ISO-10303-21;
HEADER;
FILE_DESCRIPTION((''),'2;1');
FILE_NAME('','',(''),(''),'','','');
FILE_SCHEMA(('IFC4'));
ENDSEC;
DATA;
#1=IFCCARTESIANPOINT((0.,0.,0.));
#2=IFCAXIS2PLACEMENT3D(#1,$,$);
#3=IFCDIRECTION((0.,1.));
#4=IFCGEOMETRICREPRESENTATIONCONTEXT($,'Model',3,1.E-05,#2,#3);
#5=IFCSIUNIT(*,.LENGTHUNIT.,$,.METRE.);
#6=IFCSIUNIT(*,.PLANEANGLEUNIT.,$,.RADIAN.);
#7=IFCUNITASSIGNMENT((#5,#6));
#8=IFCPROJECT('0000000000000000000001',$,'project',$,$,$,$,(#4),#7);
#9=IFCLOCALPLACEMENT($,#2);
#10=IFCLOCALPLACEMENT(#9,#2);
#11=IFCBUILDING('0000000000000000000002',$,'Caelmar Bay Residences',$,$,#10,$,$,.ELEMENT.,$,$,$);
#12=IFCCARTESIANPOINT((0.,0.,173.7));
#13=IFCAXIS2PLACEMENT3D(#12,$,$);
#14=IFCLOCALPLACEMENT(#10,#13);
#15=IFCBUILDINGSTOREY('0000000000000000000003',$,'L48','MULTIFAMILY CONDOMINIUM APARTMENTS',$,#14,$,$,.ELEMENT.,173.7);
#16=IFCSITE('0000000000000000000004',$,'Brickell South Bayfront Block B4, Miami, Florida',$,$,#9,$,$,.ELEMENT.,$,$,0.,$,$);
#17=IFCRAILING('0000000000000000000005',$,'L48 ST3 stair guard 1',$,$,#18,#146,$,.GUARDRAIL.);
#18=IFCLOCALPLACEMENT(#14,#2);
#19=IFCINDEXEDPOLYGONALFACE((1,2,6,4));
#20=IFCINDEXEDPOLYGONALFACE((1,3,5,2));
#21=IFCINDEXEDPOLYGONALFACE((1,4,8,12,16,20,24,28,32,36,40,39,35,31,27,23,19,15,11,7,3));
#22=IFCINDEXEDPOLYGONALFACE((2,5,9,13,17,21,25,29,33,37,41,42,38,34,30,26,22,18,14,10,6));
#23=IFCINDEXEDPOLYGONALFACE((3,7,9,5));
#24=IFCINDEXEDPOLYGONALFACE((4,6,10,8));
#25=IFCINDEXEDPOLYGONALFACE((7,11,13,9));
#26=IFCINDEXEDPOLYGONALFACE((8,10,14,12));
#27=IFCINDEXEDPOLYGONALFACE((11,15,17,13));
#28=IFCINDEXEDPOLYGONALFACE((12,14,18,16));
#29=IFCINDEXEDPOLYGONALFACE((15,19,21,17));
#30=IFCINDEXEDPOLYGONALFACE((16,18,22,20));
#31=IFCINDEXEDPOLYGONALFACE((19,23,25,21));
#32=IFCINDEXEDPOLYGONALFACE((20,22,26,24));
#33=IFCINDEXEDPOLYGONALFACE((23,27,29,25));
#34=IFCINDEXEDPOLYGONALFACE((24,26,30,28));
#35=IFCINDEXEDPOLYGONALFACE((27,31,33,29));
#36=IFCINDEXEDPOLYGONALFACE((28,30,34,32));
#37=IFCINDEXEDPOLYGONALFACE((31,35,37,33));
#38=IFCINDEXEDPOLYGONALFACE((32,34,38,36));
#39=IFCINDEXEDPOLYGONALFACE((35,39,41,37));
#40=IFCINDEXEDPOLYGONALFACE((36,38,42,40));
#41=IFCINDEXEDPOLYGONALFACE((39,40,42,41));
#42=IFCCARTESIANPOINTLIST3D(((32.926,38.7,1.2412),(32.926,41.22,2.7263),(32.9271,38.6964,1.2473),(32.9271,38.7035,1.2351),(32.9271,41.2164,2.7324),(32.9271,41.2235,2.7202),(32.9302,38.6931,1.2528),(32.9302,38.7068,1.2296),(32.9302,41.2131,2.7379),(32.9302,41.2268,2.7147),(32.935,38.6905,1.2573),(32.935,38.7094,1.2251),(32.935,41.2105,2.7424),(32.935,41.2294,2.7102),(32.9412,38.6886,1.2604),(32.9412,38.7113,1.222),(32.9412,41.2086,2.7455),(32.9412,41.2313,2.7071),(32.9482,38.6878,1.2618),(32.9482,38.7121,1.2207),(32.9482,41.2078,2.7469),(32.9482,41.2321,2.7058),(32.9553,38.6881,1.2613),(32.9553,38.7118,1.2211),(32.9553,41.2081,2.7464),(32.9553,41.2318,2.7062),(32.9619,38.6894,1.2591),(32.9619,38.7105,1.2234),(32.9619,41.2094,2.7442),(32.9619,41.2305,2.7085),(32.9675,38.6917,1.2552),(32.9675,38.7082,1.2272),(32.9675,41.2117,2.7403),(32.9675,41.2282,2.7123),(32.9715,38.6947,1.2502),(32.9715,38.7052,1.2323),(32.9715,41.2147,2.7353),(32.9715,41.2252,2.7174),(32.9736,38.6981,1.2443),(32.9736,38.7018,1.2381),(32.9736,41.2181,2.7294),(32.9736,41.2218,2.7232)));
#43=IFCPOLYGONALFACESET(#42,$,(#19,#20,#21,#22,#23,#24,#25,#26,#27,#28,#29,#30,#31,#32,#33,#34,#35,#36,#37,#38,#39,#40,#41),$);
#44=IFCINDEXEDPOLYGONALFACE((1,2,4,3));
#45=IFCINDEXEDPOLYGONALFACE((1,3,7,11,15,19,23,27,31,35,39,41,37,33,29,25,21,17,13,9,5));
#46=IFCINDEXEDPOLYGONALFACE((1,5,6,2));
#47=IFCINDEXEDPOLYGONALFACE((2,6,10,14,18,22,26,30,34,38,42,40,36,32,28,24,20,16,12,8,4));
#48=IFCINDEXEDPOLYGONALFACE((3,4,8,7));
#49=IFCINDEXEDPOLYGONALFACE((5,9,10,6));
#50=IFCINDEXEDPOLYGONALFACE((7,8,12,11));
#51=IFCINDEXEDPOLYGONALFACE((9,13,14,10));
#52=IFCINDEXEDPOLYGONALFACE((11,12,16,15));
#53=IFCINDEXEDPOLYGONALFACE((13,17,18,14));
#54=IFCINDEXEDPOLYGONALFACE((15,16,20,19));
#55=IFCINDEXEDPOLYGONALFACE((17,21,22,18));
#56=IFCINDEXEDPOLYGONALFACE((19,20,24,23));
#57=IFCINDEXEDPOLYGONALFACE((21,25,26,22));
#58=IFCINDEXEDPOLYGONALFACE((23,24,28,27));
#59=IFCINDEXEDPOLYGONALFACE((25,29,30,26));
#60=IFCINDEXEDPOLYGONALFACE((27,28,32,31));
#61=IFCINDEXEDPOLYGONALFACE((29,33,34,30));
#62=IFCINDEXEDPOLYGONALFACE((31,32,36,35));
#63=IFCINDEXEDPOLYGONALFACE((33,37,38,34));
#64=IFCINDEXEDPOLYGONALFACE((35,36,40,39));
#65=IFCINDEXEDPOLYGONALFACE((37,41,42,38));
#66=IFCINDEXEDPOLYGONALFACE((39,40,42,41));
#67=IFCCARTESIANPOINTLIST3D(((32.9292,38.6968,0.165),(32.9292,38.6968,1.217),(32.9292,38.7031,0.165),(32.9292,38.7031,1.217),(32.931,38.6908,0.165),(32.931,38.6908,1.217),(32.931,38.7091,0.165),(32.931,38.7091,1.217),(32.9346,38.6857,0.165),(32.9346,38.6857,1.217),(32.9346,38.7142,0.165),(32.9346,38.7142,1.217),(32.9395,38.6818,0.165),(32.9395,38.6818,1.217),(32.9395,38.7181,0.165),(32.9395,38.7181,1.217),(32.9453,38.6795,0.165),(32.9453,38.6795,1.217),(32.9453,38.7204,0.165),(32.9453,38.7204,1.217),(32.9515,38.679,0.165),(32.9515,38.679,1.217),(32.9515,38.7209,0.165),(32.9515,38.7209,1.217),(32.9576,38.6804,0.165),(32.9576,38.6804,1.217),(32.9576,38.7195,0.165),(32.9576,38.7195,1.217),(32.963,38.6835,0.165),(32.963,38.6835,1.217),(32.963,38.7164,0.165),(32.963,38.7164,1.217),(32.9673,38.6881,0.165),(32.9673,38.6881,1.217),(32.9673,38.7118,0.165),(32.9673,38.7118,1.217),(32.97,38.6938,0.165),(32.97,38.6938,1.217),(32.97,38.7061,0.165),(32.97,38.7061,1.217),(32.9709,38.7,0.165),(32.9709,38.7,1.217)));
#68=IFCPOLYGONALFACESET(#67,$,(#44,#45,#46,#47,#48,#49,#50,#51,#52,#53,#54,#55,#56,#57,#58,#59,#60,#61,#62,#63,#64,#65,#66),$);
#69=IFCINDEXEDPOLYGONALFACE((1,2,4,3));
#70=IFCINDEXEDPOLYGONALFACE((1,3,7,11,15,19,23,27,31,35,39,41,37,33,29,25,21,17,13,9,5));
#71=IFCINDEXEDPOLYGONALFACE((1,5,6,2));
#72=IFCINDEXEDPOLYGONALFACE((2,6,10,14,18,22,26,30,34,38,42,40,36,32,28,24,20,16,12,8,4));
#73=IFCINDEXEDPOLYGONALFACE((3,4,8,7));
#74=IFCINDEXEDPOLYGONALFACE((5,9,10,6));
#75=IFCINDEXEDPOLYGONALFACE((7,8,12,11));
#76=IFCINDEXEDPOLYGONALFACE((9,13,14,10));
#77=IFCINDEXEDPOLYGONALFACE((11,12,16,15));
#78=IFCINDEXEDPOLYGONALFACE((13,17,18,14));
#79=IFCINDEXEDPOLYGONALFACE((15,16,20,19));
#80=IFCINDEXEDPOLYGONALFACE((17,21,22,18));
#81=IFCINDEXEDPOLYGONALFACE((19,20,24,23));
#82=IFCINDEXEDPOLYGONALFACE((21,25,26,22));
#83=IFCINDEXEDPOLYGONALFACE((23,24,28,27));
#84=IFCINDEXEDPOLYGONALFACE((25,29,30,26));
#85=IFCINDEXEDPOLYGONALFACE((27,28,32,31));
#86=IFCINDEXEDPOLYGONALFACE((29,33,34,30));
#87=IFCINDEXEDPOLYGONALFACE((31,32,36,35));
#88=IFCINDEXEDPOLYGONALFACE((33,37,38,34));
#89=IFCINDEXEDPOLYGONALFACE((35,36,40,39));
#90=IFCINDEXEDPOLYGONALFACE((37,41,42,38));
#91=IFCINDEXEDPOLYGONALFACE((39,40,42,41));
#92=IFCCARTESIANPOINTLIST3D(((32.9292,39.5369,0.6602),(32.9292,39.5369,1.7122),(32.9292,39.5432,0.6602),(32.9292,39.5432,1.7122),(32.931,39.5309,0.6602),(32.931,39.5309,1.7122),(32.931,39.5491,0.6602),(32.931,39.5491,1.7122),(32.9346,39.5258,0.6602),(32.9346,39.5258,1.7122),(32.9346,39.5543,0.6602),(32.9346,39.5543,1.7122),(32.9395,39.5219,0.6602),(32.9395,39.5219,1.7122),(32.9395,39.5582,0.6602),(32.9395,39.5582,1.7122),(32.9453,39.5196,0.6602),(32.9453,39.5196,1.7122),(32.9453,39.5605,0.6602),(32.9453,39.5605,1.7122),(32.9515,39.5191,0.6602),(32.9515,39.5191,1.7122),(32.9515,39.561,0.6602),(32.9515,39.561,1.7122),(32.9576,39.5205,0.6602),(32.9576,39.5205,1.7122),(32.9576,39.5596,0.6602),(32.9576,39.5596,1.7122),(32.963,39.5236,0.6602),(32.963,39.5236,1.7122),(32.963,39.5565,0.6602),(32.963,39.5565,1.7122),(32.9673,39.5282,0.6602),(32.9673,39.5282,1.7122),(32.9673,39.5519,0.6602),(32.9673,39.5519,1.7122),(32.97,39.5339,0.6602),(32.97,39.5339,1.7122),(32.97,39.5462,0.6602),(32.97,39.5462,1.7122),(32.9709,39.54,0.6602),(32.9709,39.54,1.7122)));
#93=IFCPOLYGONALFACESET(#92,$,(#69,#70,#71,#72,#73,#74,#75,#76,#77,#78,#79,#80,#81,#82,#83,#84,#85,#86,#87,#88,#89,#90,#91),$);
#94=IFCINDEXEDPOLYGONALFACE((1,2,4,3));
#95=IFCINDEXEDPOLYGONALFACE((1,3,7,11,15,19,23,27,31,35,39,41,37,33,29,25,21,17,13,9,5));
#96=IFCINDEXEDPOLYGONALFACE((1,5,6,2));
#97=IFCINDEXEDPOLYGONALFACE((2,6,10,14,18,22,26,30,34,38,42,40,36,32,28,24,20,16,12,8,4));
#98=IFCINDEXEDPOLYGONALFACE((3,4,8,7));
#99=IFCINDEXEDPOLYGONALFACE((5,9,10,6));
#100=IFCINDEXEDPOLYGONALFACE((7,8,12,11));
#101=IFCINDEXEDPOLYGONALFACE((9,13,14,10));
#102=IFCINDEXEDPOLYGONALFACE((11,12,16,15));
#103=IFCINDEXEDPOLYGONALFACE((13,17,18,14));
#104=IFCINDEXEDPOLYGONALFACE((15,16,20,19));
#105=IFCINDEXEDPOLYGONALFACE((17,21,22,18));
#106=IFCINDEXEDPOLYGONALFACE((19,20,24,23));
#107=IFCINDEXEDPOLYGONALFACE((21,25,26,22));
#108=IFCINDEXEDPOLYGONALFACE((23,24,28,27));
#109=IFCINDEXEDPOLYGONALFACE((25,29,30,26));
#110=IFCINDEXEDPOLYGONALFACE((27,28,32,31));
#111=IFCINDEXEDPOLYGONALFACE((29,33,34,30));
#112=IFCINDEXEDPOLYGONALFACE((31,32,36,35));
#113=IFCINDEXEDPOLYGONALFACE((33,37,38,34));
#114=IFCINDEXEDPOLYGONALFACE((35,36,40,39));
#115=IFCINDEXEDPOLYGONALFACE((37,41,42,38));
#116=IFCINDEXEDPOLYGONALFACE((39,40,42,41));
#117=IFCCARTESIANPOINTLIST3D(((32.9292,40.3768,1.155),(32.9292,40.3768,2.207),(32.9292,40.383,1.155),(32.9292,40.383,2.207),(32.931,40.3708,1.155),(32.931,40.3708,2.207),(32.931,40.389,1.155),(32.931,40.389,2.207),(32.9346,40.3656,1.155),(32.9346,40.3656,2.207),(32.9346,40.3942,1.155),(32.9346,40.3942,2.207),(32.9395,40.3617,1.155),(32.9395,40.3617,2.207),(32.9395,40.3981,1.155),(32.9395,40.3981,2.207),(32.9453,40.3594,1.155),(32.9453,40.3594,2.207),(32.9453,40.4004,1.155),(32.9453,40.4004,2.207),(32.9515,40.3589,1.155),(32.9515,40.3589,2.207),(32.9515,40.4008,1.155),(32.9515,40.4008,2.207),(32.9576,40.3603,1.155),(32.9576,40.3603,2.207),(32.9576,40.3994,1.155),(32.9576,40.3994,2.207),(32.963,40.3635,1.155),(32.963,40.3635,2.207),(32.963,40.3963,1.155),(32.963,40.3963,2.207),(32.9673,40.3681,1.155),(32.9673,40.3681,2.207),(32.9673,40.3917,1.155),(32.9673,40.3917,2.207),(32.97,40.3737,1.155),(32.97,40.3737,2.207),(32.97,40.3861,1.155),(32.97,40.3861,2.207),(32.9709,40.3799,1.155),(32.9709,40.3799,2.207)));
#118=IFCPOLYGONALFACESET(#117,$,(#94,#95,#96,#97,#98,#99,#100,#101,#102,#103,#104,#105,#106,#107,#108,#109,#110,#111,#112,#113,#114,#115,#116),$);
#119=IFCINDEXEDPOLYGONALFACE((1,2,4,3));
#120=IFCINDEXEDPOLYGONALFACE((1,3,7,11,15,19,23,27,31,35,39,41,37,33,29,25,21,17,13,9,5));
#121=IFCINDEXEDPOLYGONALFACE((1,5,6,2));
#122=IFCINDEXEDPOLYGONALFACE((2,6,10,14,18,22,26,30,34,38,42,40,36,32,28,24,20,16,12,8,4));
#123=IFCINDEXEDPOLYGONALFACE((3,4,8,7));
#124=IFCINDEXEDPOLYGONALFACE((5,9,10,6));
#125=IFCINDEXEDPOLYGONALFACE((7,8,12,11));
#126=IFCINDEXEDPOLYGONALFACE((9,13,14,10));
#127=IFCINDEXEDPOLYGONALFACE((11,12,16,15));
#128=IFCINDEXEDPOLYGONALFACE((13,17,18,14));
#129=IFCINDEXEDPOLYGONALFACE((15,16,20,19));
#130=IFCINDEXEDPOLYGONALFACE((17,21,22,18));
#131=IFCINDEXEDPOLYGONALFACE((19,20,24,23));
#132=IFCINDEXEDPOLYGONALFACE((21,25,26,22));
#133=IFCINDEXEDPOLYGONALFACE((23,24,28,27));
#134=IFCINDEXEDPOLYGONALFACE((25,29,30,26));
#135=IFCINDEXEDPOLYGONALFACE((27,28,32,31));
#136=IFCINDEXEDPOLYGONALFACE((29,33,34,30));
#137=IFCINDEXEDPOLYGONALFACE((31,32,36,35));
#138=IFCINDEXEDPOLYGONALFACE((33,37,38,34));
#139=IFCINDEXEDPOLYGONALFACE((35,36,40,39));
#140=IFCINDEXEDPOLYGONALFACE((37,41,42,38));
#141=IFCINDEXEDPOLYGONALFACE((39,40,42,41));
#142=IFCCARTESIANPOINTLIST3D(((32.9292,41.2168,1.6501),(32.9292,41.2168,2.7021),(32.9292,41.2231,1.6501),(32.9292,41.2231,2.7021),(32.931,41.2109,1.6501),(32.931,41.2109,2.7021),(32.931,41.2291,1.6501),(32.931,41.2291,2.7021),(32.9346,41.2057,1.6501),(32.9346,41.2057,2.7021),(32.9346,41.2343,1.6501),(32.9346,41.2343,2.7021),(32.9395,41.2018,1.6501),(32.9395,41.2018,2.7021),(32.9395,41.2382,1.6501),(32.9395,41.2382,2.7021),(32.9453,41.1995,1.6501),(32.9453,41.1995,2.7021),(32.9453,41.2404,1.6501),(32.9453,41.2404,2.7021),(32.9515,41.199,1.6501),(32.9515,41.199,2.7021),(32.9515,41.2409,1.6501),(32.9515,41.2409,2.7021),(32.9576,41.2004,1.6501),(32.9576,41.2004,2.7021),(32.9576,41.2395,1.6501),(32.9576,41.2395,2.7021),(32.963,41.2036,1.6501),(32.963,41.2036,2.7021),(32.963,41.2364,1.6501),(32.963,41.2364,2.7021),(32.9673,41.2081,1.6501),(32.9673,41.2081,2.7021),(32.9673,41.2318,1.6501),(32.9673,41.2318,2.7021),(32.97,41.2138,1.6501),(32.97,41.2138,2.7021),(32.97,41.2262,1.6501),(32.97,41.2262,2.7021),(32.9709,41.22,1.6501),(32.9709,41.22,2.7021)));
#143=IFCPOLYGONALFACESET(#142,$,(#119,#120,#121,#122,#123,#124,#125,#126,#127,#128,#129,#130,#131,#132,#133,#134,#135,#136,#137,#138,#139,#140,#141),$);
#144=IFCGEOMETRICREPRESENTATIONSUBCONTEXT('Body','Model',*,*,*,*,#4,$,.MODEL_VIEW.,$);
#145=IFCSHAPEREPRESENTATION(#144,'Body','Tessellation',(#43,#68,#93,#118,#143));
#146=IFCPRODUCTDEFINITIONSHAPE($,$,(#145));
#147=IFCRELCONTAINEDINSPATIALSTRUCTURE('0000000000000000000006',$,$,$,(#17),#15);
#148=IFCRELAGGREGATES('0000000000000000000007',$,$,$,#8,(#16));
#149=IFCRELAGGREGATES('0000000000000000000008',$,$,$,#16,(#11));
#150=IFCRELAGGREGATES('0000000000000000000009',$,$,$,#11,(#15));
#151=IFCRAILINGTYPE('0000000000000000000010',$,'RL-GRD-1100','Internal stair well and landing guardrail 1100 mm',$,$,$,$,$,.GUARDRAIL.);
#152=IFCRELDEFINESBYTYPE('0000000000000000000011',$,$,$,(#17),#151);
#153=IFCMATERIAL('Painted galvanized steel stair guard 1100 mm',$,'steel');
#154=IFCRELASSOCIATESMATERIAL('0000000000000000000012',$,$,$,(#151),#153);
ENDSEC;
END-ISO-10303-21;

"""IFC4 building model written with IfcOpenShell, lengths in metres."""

from ifc_helpers import new_model, si_unit, direction, frame, origin, origin_2d, place, context, subcontext, project, spatial, circle, extrude, material, type_object, element, save


model = new_model("IFC4")

# Units and contexts
model_context = context("Model", 3, precision=1e-05, world=origin(), true_north=direction((0.0, 1.0)))
body_context = subcontext(model_context, "Body", "Model", "MODEL_VIEW")
ifc_project = project(units=[si_unit("LENGTHUNIT", "METRE"), si_unit("PLANEANGLEUNIT", "RADIAN")], contexts=[model_context])

# Site, building, storey
site_placement = place(None, origin())
site = spatial("IfcSite", under=ifc_project, at=site_placement, Name="Brickell South Bayfront Block B4, Miami, Florida", CompositionType="ELEMENT", RefElevation=0.0)
building_placement = place(site_placement, origin())
building = spatial("IfcBuilding", under=site, at=building_placement, Name="Caelmar Bay Residences", CompositionType="ELEMENT")
storey_placement = place(building_placement, frame((0.0, 0.0, 173.7)))
storey = spatial("IfcBuildingStorey", under=building, at=storey_placement, Name="L48", Description="MULTIFAMILY CONDOMINIUM APARTMENTS", CompositionType="ELEMENT", Elevation=173.7)

# Railing
ifc_material_1 = material(Name="Painted galvanized steel stair guard 1100 mm", Category="steel")
railing_type_1 = type_object("IfcRailingType", Name="RL-GRD-1100", Description="Internal stair well and landing guardrail 1100 mm", PredefinedType="GUARDRAIL", material=ifc_material_1)
railing_1_placement = place(storey_placement, frame((32.95, 38.7, 0.165)))
element("IfcRailing", 1, at=railing_1_placement, inside=storey, type_object=railing_type_1, Name="L48 ST3 stair guard 1", PredefinedType="GUARDRAIL", context=body_context, shape_type="SweptSolid", body=[
    extrude(circle(Radius=0.0239, at=origin_2d()), frame((0.0, 0.0, 1.0762), z_axis=(0.0, 0.861524, 0.507717), x_axis=(-1.0, 0.0, 0.0)), (0.0, 0.0, 1.0), 2.925),
    extrude(circle(Radius=0.021, at=origin_2d()), origin(), (0.0, 0.0, 1.0), 1.052),
    extrude(circle(Radius=0.021, at=origin_2d()), frame((0.0, 0.8401, 0.4951)), (0.0, 0.0, 1.0), 1.052),
    extrude(circle(Radius=0.021, at=origin_2d()), frame((0.0, 1.6799, 0.99)), (0.0, 0.0, 1.0), 1.052),
    extrude(circle(Radius=0.021, at=origin_2d()), frame((0.0, 2.52, 1.4851)), (0.0, 0.0, 1.0), 1.052),
])

save(model, "model.ifc")
